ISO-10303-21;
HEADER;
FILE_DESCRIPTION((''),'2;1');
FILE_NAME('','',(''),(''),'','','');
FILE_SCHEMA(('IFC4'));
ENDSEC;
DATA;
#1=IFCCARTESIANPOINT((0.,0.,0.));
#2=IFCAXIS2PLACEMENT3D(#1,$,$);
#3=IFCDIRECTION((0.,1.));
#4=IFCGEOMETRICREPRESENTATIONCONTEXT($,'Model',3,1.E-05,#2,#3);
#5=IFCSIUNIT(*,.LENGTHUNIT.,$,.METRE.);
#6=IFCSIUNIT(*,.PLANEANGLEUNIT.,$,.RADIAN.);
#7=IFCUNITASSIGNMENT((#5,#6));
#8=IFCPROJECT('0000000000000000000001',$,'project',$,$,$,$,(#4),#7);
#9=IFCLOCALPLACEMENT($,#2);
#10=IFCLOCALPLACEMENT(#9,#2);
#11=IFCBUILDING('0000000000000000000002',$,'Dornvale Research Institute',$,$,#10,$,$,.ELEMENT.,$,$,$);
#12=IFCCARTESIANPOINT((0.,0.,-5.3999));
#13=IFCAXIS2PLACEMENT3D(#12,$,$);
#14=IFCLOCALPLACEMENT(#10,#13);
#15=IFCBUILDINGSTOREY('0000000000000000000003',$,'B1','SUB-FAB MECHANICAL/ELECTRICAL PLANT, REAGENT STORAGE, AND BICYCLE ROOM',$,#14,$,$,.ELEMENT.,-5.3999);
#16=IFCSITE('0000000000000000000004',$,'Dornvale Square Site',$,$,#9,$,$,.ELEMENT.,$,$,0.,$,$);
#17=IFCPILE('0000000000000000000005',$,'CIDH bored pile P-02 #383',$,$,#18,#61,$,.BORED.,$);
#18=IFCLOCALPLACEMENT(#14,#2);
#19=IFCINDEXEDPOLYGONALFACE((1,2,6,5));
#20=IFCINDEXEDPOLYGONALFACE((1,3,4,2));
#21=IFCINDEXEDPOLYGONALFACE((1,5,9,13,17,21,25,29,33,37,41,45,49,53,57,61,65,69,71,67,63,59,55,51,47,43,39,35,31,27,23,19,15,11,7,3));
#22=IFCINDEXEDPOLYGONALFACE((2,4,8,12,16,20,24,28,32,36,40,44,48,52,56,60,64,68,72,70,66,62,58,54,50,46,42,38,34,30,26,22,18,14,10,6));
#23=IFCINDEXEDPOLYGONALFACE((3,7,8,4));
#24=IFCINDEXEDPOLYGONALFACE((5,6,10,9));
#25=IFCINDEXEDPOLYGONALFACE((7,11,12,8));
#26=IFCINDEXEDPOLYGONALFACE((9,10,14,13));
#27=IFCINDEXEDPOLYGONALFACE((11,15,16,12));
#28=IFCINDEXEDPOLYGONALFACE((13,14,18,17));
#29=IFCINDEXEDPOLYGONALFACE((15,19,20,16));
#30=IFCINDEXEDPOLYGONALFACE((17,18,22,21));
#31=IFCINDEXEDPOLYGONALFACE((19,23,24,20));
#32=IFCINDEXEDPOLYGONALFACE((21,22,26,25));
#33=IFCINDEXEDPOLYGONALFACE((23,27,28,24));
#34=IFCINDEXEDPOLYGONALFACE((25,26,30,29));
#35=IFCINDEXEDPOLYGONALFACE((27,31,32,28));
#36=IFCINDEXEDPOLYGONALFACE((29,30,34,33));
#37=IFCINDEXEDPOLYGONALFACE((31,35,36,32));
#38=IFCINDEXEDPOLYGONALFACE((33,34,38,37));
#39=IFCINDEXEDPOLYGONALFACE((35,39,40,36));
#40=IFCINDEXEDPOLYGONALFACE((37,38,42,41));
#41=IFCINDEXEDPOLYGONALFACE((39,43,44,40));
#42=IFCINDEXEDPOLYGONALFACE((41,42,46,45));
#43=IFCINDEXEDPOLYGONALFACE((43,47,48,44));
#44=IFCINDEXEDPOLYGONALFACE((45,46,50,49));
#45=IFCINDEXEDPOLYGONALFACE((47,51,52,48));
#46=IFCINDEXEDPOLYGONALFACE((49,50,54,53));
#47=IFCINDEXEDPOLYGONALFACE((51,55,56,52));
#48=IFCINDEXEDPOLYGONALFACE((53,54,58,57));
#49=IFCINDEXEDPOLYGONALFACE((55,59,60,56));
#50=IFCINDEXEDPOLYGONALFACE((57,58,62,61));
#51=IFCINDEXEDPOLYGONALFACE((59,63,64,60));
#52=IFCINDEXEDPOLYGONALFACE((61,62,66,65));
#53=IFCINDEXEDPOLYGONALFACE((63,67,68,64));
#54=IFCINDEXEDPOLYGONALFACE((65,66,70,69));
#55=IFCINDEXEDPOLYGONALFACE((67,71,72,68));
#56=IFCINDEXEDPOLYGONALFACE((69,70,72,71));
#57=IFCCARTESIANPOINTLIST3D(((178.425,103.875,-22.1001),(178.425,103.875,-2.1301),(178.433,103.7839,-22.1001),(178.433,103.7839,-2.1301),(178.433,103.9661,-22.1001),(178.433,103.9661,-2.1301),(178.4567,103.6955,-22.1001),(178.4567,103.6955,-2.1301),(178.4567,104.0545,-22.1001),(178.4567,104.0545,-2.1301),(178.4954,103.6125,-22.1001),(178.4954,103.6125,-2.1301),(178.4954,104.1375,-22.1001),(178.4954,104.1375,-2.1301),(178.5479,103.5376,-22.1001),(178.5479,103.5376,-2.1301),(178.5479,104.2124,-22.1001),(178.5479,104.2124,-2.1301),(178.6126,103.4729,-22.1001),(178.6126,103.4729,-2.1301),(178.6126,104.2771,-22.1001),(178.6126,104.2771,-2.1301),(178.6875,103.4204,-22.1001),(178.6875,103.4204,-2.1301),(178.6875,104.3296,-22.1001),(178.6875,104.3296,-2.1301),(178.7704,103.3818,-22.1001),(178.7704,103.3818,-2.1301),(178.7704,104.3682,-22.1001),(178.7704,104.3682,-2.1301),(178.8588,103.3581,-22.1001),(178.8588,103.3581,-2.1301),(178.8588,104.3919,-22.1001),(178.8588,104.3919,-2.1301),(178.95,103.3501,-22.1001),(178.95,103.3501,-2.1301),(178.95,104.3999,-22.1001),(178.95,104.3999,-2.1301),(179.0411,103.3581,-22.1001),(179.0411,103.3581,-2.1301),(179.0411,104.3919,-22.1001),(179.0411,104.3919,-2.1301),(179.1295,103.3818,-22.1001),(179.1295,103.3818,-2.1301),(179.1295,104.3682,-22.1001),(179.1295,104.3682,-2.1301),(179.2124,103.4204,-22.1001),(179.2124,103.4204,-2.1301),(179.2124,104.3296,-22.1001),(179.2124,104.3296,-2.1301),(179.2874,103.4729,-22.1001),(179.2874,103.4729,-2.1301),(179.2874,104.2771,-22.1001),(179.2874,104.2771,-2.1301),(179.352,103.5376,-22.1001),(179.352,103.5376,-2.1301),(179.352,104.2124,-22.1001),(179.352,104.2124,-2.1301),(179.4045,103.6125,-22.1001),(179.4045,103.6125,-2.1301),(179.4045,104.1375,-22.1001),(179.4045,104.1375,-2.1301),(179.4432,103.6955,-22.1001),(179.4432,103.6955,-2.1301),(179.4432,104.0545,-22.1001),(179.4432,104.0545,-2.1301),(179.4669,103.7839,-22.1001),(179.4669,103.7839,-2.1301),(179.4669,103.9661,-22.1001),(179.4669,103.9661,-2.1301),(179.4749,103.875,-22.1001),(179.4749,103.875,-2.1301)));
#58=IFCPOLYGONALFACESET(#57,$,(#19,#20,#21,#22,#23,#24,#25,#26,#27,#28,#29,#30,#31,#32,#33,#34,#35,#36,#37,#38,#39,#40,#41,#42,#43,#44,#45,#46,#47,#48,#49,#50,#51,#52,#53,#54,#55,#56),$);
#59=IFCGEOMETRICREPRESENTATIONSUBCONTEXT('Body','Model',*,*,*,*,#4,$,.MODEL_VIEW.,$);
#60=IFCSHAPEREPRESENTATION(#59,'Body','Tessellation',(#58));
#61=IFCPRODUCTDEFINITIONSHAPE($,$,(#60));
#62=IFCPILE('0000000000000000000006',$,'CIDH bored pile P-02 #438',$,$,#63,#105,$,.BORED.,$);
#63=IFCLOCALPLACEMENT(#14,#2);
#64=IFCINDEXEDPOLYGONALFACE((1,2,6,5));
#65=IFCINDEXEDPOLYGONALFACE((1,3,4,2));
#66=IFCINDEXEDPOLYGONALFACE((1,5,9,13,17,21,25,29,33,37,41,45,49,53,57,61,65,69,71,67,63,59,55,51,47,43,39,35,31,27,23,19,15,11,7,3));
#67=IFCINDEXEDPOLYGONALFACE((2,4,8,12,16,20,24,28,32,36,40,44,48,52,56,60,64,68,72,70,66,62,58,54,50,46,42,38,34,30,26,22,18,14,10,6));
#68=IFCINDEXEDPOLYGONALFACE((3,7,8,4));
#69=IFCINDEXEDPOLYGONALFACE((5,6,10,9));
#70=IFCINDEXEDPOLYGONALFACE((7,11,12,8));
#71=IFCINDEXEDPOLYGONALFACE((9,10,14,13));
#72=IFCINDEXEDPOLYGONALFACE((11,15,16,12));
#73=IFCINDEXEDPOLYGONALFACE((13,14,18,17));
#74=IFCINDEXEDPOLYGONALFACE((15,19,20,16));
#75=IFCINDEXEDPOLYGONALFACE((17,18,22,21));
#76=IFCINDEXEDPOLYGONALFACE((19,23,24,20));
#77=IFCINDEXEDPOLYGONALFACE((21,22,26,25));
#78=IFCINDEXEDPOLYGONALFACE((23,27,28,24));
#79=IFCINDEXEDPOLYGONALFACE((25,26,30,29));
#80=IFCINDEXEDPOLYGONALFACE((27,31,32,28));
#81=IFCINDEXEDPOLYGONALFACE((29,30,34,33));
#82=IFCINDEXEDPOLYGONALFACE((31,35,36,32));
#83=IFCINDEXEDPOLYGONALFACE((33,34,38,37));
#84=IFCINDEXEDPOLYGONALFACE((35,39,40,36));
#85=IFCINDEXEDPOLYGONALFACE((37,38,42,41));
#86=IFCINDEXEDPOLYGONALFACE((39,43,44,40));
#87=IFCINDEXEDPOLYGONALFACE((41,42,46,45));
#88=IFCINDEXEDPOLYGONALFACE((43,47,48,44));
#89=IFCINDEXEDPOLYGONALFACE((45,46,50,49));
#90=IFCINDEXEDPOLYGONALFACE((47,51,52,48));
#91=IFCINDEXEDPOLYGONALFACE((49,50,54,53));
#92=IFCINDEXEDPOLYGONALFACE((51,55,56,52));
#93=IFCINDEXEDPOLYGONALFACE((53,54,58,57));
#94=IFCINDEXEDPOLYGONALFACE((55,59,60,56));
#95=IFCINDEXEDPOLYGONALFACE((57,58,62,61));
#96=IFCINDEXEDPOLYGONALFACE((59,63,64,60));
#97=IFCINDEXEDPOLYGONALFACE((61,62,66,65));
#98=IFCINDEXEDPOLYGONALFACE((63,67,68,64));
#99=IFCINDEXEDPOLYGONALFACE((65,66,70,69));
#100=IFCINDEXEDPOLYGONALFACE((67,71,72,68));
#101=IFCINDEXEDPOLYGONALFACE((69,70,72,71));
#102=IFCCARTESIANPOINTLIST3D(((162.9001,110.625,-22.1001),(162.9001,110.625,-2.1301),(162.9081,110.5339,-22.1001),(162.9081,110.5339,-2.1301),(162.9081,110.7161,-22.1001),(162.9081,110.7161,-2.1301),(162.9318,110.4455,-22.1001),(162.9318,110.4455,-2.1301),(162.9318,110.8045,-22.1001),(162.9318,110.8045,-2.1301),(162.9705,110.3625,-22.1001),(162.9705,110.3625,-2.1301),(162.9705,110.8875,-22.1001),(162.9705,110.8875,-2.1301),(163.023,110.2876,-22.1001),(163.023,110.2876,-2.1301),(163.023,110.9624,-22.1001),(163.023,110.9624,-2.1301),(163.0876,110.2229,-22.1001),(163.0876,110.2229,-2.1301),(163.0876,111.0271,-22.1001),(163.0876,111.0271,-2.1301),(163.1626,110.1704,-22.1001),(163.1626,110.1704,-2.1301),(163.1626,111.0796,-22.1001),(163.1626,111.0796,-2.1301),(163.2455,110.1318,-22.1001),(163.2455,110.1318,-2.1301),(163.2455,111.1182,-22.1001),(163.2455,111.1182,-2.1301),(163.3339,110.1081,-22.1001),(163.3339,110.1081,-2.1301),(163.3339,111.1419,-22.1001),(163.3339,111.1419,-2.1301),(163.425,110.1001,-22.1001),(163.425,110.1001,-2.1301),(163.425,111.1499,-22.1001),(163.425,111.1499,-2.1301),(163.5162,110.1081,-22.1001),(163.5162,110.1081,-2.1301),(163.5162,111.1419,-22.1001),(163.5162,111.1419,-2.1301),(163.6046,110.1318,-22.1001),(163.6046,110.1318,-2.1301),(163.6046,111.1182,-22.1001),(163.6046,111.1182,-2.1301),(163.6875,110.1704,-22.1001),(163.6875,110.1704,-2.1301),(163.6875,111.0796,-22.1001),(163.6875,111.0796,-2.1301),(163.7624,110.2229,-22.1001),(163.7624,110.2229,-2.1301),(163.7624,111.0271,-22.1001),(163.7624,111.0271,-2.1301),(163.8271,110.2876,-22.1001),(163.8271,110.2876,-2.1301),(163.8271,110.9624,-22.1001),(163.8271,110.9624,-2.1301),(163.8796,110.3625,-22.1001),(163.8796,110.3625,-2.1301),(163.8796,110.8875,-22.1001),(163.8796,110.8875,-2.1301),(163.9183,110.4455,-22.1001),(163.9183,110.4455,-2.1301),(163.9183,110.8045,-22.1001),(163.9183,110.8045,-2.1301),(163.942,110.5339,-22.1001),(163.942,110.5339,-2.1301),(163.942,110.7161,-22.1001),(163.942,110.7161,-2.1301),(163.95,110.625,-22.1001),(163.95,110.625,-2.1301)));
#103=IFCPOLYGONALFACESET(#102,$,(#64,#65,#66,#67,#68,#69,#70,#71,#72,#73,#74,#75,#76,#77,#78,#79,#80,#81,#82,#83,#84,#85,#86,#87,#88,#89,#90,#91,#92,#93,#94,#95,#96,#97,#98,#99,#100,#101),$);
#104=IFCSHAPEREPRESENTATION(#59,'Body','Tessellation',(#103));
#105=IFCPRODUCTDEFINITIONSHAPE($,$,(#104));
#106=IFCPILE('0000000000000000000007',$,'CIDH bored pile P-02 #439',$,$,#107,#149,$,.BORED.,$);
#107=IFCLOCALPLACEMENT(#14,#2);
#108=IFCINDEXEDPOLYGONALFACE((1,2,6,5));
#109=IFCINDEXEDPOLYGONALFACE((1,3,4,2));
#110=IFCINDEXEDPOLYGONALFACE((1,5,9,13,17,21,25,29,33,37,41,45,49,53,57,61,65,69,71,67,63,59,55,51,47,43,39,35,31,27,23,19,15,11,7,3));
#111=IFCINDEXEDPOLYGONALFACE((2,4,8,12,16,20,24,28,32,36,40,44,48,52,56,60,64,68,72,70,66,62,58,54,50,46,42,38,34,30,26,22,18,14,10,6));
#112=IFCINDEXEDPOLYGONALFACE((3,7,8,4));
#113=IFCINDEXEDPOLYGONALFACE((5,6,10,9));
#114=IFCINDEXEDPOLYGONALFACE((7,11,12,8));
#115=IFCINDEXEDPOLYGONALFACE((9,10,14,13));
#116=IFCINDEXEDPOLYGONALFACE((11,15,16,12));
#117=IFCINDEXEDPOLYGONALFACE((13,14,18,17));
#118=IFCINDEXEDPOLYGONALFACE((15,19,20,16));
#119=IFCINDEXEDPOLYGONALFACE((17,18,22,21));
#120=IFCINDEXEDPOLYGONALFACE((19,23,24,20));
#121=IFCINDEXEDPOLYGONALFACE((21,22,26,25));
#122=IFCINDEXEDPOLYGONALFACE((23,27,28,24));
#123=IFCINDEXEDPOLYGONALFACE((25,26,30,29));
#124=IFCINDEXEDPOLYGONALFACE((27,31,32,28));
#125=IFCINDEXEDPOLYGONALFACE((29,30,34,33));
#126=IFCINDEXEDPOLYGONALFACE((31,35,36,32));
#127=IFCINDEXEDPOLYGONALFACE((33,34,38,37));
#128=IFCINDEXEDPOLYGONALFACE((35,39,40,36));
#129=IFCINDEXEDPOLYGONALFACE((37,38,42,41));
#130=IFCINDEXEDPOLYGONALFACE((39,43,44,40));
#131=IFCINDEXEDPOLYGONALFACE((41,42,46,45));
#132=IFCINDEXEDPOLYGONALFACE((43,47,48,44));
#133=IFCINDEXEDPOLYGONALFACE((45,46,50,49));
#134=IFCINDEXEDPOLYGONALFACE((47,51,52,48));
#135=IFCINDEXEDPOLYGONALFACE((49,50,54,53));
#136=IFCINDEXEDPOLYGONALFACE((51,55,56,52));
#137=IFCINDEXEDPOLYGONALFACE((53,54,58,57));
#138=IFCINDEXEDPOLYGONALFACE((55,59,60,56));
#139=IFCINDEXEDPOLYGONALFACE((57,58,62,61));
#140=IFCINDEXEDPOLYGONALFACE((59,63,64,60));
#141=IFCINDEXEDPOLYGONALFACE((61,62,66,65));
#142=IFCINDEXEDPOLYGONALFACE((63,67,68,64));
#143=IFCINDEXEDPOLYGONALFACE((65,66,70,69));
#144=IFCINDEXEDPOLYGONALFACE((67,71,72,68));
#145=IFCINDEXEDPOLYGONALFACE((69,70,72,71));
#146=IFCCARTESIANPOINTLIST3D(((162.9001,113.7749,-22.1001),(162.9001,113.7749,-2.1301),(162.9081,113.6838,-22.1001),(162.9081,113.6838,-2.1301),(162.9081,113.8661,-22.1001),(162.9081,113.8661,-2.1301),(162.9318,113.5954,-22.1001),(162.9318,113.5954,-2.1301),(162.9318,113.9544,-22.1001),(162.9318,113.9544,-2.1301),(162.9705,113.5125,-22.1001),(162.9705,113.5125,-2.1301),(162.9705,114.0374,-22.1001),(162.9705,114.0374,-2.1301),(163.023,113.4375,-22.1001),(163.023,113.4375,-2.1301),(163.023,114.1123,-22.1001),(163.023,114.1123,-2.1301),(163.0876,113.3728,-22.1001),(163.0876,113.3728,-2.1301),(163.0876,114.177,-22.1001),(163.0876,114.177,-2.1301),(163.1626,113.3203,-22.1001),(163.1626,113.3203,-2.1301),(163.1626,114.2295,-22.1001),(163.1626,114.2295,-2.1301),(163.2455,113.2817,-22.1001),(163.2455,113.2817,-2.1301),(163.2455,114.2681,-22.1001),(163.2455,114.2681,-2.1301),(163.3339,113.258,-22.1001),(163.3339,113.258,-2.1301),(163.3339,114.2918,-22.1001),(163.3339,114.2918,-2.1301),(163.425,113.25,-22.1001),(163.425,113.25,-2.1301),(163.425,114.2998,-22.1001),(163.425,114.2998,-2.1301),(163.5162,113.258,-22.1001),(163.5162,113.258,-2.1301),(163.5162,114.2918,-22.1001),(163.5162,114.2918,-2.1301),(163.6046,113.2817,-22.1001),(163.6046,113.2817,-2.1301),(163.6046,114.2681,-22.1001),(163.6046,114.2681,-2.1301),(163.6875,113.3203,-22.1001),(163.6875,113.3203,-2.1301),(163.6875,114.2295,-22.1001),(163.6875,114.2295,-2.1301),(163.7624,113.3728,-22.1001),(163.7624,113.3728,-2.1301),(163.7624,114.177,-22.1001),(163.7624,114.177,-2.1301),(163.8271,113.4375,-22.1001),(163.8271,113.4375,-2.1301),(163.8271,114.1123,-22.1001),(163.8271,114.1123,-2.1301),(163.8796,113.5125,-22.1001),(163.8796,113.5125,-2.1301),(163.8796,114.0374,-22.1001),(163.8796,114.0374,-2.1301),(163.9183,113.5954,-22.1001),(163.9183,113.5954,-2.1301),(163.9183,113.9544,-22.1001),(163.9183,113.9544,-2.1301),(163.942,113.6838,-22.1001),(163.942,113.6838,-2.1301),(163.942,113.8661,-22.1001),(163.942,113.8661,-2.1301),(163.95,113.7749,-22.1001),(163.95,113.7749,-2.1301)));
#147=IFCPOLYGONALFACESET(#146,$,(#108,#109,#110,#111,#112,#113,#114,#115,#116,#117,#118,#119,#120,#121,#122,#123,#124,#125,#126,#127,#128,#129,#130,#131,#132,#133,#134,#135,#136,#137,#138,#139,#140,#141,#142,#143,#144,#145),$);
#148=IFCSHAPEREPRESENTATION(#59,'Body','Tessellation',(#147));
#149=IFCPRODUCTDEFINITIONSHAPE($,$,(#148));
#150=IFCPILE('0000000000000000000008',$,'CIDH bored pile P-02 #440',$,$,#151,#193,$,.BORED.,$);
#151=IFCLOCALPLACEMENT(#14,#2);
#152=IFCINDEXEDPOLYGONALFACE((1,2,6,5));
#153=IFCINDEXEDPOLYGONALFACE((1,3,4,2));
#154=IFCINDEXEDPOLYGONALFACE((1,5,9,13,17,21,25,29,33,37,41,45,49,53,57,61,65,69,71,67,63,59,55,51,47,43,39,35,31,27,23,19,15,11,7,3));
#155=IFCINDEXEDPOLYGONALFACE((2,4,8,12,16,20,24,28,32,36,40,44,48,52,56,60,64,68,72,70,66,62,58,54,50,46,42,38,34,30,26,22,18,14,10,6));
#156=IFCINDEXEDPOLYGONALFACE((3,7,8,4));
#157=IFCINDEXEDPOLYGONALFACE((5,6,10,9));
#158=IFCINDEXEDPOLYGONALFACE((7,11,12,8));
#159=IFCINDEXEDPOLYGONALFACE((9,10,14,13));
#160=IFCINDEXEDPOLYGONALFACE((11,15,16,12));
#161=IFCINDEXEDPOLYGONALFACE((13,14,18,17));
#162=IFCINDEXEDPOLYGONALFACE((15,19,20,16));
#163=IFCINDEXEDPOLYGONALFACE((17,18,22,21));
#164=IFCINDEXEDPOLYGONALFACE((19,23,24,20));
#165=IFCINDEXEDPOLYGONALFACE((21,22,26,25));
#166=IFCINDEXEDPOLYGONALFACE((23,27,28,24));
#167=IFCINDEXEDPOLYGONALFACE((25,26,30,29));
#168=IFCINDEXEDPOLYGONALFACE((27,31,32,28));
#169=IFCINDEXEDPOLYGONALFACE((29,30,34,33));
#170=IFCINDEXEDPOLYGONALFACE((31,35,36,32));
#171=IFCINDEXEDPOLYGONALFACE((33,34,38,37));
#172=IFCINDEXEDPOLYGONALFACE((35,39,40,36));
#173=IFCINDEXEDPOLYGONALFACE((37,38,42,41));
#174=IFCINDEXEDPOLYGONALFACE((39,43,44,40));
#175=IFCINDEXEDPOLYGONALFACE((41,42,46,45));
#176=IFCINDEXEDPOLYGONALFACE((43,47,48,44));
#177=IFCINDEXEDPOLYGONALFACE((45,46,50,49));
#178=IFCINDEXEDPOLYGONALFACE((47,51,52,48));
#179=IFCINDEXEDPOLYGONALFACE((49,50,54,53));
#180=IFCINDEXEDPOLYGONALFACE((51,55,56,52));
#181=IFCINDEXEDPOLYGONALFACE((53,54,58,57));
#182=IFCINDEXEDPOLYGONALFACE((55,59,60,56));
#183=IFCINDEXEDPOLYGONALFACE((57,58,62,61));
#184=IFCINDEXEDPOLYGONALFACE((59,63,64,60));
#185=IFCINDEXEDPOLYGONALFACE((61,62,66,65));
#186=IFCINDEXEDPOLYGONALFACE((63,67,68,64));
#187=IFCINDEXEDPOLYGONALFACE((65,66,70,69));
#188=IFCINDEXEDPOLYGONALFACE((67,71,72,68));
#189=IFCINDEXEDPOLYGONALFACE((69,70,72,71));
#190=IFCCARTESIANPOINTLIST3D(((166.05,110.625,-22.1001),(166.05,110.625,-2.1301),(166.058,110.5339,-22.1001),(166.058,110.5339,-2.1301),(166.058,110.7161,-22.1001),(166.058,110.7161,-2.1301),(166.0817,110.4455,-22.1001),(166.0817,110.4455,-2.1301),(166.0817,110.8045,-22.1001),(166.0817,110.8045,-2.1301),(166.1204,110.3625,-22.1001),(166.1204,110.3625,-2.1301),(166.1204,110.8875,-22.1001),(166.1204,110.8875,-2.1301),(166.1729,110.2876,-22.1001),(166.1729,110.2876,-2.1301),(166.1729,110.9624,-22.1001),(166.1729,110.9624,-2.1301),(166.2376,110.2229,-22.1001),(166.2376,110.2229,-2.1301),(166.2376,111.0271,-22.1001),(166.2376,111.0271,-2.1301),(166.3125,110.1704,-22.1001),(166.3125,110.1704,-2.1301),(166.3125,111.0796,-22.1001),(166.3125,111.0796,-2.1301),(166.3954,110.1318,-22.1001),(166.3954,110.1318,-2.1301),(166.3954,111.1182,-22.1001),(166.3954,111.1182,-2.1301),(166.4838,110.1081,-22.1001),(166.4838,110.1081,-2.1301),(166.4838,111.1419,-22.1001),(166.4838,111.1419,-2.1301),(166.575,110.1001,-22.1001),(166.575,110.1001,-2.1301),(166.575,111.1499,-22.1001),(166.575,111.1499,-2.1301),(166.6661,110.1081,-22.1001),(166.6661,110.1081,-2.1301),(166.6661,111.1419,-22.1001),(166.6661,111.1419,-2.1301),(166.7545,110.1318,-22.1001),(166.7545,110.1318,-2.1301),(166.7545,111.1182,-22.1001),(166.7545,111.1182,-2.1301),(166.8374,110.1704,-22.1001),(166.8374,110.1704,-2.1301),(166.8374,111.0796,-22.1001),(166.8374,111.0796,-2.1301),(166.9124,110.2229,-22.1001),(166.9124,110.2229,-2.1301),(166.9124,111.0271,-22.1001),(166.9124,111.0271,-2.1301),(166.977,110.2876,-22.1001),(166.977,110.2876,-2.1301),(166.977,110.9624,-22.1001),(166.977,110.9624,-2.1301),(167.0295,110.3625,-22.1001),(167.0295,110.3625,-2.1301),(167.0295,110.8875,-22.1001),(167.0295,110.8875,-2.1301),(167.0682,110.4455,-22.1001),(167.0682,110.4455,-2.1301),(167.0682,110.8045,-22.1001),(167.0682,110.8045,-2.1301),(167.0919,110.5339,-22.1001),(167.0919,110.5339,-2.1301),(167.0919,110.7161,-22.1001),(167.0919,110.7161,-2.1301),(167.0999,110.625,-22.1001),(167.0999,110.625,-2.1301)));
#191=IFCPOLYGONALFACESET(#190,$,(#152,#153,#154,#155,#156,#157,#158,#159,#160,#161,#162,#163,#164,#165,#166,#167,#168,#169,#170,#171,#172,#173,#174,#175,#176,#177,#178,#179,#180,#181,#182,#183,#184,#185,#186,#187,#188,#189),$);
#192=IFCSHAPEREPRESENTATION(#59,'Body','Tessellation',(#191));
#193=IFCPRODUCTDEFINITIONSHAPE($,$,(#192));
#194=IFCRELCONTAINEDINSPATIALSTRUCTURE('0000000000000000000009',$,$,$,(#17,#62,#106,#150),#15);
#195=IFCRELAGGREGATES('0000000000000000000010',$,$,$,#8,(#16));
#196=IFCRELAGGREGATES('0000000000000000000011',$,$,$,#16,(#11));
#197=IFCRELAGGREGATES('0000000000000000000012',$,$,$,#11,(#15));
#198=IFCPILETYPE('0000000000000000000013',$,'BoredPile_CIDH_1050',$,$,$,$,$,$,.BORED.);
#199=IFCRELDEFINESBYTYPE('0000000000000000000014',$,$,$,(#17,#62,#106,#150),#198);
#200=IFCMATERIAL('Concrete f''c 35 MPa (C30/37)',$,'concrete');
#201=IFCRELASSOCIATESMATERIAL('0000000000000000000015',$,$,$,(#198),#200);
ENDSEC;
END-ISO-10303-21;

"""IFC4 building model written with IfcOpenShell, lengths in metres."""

from ifc_helpers import new_model, si_unit, direction, frame, origin, origin_2d, place, context, subcontext, project, spatial, circle, extrude, material, material_profile, profile_set, type_object, element, save


model = new_model("IFC4")

# Units and contexts
model_context = context("Model", 3, precision=1e-05, world=origin(), true_north=direction((0.0, 1.0)))
body_context = subcontext(model_context, "Body", "Model", "MODEL_VIEW")
ifc_project = project(units=[si_unit("LENGTHUNIT", "METRE"), si_unit("PLANEANGLEUNIT", "RADIAN")], contexts=[model_context])

# Site, building, storey
site_placement = place(None, origin())
site = spatial("IfcSite", under=ifc_project, at=site_placement, Name="Dornvale Square Site", CompositionType="ELEMENT", RefElevation=0.0)
building_placement = place(site_placement, origin())
building = spatial("IfcBuilding", under=site, at=building_placement, Name="Dornvale Research Institute", CompositionType="ELEMENT")
storey_placement = place(building_placement, frame((0.0, 0.0, -5.3999)))
storey = spatial("IfcBuildingStorey", under=building, at=storey_placement, Name="B1", Description="SUB-FAB MECHANICAL/ELECTRICAL PLANT, REAGENT STORAGE, AND BICYCLE ROOM", CompositionType="ELEMENT", Elevation=-5.3999)

# Piles
ifc_material_1 = material(Name="Concrete f'c 35 MPa (C30/37)", Category="concrete")
ifc_material_profile_1 = material_profile(ifc_material_1, circle(Radius=0.5249, at=origin_2d()), Name="CIDH PILE D1050")
ifc_profile_set_1 = profile_set([ifc_material_profile_1], Name="Concrete f'c 35 MPa (C30/37)")
pile_type = type_object("IfcPileType", Name="BoredPile_CIDH_1050", PredefinedType="BORED", material=ifc_profile_set_1)
for number, where, z_axis, x_axis, name in (
    (1, (178.95, 103.875, -2.1301), (0.0, 0.0, -1.0), (1.0, 0.0, 0.0), "CIDH bored pile P-02 #383"),
    (2, (163.425, 110.625, -2.1301), (0.0, 0.0, -1.0), (1.0, 0.0, 0.0), "CIDH bored pile P-02 #438"),
    (3, (163.425, 113.7749, -2.1301), (0.0, 0.0, -1.0), (1.0, 0.0, 0.0), "CIDH bored pile P-02 #439"),
    (4, (166.575, 110.625, -2.1301), (0.0, 0.0, -1.0), (1.0, 0.0, 0.0), "CIDH bored pile P-02 #440"),
):
    element("IfcPile", number, at=place(storey_placement, frame(where, z_axis=z_axis, x_axis=x_axis)), inside=storey, type_object=pile_type, Name=name, PredefinedType="BORED", context=body_context, shape_type="SweptSolid", body=[
        extrude(circle(Radius=0.5249, at=origin_2d()), origin(), (0.0, 0.0, 1.0), 19.97),
    ])

save(model, "model.ifc")
